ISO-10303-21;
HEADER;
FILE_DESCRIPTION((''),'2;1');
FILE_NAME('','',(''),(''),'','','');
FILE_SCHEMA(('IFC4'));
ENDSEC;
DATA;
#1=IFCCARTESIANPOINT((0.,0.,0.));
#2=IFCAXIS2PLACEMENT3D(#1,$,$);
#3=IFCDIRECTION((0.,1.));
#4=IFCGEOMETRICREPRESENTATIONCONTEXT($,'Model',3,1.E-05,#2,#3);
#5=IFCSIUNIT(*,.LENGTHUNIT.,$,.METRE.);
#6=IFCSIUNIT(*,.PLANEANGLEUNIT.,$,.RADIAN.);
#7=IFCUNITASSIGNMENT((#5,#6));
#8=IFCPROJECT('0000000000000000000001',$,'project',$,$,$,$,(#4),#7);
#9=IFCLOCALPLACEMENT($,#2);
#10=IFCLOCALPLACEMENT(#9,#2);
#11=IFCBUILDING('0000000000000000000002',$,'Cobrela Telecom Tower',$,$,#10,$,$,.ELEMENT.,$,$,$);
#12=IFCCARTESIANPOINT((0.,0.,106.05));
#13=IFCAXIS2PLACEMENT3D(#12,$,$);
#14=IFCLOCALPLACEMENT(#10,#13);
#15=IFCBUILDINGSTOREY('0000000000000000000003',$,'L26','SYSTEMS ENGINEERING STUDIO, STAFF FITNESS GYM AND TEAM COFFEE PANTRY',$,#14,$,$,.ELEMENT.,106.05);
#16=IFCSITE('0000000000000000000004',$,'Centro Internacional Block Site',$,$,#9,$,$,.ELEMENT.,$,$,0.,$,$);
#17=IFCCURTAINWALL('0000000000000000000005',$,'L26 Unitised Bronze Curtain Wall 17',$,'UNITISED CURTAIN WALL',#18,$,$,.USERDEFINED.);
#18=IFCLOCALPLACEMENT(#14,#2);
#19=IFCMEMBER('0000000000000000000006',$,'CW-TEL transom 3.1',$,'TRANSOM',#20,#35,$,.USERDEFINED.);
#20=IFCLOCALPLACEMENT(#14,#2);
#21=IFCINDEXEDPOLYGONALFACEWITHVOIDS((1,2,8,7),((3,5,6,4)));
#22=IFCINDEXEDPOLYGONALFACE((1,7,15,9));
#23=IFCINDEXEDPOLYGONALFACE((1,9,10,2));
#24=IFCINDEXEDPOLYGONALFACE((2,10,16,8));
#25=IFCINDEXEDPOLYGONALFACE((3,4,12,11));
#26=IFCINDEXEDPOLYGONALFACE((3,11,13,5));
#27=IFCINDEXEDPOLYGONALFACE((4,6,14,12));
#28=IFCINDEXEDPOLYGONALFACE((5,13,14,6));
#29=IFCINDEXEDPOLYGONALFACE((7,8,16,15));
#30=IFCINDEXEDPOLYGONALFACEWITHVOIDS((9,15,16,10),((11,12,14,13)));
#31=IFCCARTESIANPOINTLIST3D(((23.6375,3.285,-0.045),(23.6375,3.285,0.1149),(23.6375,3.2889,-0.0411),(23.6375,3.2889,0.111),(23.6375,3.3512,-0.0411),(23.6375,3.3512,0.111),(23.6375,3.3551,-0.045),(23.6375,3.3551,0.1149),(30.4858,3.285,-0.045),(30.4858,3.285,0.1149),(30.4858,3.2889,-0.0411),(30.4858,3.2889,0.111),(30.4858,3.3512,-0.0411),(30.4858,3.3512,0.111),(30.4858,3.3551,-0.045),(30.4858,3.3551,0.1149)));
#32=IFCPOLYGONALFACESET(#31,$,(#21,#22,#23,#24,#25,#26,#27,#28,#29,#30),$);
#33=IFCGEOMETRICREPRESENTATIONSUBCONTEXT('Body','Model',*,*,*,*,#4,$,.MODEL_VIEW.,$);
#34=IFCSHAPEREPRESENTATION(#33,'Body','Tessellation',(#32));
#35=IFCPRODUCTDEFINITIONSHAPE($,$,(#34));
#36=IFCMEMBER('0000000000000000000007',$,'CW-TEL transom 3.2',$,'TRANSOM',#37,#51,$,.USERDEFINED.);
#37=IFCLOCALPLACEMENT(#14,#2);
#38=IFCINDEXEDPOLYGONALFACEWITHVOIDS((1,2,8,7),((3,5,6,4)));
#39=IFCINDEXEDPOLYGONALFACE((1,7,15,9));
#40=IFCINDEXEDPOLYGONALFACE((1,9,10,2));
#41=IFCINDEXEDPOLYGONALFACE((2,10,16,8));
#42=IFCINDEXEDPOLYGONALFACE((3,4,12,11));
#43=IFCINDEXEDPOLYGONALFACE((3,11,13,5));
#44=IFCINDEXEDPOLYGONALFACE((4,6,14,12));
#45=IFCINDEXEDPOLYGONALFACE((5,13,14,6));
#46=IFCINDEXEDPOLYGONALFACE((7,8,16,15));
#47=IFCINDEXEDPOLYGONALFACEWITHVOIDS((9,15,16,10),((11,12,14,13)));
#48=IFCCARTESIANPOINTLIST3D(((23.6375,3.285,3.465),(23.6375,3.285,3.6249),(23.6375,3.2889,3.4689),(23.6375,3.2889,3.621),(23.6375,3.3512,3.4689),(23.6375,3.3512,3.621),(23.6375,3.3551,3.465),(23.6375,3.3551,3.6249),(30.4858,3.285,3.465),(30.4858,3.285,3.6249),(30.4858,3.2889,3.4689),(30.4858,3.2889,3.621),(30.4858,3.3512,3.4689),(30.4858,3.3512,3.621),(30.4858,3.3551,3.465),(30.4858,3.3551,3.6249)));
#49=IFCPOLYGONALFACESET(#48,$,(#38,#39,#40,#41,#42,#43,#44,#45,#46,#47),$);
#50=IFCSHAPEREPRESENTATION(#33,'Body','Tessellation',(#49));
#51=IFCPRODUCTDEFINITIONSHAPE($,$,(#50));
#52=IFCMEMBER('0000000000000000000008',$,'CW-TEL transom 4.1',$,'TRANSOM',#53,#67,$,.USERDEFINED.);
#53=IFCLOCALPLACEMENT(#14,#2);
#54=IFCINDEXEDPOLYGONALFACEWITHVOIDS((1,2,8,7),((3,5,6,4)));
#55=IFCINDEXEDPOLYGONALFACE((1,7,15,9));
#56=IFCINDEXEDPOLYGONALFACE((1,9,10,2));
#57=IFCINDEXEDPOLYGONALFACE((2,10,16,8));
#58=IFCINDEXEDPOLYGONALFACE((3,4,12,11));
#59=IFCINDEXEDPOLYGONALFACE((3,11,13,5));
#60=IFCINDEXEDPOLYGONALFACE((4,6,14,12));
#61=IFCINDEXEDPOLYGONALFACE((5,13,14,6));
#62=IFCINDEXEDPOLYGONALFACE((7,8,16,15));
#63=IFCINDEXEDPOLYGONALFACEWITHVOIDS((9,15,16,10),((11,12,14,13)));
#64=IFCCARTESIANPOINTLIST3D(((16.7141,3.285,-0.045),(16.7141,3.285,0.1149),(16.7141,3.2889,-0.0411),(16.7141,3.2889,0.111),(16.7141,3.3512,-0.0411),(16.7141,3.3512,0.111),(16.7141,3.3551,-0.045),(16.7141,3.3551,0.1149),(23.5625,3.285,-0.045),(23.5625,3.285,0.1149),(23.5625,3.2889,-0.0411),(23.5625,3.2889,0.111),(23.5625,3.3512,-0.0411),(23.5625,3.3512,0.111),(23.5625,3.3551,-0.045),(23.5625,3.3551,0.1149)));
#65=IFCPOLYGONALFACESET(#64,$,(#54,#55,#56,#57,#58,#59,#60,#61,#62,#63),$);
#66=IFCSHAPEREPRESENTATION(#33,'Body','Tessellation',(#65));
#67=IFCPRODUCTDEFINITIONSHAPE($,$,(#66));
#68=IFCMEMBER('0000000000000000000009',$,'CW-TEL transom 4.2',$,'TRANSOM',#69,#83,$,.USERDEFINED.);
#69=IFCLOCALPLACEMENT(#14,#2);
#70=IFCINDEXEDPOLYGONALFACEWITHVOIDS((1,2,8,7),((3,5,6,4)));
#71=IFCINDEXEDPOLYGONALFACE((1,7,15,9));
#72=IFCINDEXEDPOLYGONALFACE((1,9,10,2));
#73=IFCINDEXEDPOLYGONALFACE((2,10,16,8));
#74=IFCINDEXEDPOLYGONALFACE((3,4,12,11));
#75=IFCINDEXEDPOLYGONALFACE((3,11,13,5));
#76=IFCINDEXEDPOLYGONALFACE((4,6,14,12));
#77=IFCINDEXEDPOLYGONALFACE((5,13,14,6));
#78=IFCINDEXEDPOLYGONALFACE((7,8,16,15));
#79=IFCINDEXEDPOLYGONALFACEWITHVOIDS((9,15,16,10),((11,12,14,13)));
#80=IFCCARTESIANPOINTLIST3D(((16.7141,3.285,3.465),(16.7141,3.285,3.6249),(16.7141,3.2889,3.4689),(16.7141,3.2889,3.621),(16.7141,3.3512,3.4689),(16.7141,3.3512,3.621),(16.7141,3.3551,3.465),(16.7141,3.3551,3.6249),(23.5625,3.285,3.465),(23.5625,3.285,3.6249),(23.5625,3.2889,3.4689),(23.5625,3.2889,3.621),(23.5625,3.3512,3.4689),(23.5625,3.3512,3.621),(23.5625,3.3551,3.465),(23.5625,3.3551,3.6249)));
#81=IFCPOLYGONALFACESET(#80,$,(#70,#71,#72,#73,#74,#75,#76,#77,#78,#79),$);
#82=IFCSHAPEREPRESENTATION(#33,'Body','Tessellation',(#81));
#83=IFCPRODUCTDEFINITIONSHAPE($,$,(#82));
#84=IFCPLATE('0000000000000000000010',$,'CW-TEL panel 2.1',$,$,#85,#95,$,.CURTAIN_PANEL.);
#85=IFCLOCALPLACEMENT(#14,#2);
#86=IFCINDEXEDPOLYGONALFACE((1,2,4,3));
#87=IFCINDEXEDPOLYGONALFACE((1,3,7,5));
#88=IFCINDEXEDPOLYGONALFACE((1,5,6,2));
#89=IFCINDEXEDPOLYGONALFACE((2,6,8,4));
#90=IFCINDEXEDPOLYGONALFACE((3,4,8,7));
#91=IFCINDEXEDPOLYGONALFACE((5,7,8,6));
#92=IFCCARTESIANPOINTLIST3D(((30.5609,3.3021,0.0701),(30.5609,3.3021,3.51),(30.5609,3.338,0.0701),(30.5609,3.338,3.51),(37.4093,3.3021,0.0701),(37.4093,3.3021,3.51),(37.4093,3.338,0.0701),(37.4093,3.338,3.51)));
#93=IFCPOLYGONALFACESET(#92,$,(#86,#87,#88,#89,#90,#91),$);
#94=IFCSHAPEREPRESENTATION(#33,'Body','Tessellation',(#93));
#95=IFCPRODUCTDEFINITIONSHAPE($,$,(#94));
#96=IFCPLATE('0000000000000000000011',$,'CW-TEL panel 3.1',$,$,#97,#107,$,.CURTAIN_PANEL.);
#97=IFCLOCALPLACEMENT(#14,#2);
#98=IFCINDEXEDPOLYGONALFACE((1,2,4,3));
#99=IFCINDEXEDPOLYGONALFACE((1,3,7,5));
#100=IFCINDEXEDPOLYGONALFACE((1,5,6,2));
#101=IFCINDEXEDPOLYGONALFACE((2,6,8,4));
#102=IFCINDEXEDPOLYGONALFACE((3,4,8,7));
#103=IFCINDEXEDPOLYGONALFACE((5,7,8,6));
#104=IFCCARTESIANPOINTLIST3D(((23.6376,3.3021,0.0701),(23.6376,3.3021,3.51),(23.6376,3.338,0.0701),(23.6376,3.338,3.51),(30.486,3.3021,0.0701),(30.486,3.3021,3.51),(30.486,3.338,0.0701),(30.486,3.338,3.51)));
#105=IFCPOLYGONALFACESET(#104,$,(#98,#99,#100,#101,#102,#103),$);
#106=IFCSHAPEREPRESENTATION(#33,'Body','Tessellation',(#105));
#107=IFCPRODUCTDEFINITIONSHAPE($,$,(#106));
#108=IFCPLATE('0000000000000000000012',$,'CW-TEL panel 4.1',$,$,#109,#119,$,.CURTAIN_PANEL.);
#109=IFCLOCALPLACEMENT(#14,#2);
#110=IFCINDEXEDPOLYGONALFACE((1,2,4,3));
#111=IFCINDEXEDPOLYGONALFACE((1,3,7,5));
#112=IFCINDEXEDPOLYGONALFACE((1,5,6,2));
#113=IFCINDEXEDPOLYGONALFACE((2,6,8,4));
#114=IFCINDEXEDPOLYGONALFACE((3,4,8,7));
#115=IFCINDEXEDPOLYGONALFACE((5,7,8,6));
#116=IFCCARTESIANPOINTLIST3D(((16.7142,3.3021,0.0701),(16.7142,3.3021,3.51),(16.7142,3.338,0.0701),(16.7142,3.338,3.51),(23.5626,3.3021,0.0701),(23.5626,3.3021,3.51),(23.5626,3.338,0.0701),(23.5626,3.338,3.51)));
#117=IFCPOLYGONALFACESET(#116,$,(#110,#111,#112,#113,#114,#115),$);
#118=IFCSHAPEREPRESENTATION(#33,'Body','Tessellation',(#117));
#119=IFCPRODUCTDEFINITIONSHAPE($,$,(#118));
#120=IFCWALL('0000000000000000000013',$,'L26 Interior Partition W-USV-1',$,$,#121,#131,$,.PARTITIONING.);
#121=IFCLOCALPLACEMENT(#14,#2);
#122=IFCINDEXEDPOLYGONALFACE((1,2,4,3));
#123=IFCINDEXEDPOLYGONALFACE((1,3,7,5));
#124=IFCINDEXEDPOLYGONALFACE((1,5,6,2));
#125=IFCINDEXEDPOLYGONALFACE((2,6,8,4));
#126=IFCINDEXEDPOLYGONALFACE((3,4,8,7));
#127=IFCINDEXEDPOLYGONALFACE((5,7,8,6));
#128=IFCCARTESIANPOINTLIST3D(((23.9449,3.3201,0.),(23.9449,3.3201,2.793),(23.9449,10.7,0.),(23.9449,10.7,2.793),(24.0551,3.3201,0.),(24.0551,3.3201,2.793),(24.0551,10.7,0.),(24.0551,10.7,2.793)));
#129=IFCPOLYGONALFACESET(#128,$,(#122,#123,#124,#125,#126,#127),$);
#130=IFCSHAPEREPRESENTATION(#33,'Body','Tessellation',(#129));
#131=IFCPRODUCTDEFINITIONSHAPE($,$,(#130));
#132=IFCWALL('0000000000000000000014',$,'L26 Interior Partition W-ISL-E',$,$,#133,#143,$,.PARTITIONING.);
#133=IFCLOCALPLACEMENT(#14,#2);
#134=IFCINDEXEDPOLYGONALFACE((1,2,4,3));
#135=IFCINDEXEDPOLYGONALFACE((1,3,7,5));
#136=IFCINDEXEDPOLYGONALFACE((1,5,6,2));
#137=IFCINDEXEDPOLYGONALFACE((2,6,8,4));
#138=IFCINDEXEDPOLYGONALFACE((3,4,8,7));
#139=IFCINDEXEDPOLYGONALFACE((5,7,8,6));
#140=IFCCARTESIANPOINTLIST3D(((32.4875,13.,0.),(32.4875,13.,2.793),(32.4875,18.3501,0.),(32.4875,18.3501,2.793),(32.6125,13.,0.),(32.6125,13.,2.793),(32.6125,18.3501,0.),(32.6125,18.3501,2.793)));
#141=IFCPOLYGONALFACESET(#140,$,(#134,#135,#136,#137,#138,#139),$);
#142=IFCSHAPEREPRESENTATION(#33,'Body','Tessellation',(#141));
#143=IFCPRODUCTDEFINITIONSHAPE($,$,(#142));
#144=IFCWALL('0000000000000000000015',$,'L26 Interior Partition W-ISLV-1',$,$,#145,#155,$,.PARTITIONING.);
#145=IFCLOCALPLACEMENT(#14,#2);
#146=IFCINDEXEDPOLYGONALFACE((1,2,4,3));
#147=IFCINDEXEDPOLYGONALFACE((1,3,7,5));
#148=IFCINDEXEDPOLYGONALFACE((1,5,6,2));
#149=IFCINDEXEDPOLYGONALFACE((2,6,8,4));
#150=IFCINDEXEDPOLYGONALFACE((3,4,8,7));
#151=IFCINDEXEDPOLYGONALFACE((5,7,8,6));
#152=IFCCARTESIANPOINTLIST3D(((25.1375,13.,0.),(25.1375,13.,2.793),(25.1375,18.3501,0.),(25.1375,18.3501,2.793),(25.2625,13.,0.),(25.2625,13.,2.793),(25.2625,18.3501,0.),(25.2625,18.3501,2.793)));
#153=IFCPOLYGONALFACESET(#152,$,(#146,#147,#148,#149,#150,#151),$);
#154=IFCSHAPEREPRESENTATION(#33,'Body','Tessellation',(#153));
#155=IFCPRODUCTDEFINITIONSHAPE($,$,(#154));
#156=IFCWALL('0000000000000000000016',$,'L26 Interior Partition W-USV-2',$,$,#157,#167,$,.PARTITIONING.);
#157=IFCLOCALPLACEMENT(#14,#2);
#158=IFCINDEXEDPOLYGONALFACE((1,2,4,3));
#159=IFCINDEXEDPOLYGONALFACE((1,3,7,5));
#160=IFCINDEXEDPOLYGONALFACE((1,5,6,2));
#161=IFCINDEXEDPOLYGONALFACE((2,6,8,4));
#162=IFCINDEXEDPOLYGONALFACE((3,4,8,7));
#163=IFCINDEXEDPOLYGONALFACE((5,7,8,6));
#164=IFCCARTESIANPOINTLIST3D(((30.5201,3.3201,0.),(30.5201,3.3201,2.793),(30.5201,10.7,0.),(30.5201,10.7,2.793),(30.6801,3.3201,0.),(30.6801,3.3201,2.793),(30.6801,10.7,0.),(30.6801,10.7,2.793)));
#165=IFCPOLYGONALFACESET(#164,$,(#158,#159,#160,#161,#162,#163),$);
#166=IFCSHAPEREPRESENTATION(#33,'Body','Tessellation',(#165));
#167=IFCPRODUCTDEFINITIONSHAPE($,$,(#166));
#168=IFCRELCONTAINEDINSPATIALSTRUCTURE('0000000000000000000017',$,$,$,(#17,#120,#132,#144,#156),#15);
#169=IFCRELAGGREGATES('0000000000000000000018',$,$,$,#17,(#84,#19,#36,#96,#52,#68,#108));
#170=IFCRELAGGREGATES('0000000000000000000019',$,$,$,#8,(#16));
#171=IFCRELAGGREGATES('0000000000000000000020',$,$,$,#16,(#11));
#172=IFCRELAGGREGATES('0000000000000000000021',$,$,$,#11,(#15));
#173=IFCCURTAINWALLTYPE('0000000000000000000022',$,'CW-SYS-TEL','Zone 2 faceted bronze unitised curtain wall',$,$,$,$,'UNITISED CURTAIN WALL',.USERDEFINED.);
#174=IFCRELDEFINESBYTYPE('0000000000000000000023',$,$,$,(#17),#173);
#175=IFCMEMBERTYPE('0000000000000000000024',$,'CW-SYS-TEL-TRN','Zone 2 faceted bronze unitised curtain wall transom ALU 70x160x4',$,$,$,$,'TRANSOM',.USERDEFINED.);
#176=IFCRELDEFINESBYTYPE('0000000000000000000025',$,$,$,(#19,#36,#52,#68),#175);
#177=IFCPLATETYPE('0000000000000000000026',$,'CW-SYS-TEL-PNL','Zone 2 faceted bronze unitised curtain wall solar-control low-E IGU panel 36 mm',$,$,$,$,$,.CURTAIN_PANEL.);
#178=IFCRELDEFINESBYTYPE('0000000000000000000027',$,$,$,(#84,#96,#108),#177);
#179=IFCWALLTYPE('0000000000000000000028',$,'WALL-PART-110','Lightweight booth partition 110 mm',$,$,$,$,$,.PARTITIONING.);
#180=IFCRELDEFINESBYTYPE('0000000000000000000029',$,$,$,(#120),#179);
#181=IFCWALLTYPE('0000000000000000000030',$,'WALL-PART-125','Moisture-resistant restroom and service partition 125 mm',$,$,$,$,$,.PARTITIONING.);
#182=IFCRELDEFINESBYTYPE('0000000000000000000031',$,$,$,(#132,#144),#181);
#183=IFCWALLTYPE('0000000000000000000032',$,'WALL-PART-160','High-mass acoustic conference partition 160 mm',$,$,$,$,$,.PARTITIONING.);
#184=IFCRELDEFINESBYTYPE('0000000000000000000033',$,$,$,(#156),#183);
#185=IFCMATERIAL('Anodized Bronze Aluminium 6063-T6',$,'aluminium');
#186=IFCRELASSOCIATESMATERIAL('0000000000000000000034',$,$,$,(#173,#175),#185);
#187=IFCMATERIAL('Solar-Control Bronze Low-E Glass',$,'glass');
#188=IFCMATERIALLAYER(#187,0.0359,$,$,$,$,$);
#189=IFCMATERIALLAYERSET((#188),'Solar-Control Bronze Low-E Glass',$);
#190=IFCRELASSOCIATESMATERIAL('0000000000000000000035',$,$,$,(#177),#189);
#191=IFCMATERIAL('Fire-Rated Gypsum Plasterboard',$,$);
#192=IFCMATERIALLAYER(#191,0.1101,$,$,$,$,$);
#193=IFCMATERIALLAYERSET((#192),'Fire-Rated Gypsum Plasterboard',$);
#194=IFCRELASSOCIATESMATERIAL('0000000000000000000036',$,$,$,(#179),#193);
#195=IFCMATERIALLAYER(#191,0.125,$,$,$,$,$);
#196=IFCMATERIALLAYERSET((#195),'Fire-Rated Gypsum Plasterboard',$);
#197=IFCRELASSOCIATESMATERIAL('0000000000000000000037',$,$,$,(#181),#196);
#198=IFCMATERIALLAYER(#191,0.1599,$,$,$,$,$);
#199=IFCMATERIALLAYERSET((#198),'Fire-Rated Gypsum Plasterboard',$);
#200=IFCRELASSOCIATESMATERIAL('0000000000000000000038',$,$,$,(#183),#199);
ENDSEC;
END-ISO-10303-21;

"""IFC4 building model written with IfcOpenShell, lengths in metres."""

from ifc_helpers import new_model, si_unit, direction, frame, frame_2d, origin, origin_2d, place, context, subcontext, project, spatial, rectangle, hollow_rectangle, extrude, material, layer, layer_set, material_profile, profile_set, type_object, element, aggregate, save


model = new_model("IFC4")

# Units and contexts
model_context = context("Model", 3, precision=1e-05, world=origin(), true_north=direction((0.0, 1.0)))
body_context = subcontext(model_context, "Body", "Model", "MODEL_VIEW")
ifc_project = project(units=[si_unit("LENGTHUNIT", "METRE"), si_unit("PLANEANGLEUNIT", "RADIAN")], contexts=[model_context])

# Site, building, storey
site_placement = place(None, origin())
site = spatial("IfcSite", under=ifc_project, at=site_placement, Name="Centro Internacional Block Site", CompositionType="ELEMENT", RefElevation=0.0)
building_placement = place(site_placement, origin())
building = spatial("IfcBuilding", under=site, at=building_placement, Name="Cobrela Telecom Tower", CompositionType="ELEMENT")
storey_placement = place(building_placement, frame((0.0, 0.0, 106.05)))
storey = spatial("IfcBuildingStorey", under=building, at=storey_placement, Name="L26", Description="SYSTEMS ENGINEERING STUDIO, STAFF FITNESS GYM AND TEAM COFFEE PANTRY", CompositionType="ELEMENT", Elevation=106.05)

# Curtain wall, members, plates
ifc_material_1 = material(Name="Anodized Bronze Aluminium 6063-T6", Category="aluminium")
curtain_wall_type = type_object("IfcCurtainWallType", Name="CW-SYS-TEL", Description="Zone 2 faceted bronze unitised curtain wall", ElementType="UNITISED CURTAIN WALL", PredefinedType="USERDEFINED", material=ifc_material_1)
curtain_wall_placement = place(storey_placement, origin())
curtain_wall = element("IfcCurtainWall", 1, at=curtain_wall_placement, inside=storey, type_object=curtain_wall_type, Name="L26 Unitised Bronze Curtain Wall 17", ObjectType="UNITISED CURTAIN WALL", PredefinedType="USERDEFINED")
ifc_material_profile_1 = material_profile(ifc_material_1, hollow_rectangle(XDim=0.0701, YDim=0.1599, WallThickness=0.0039, at=origin_2d()), Name="ALU 70x160x4")
ifc_profile_set_1 = profile_set([ifc_material_profile_1], Name="Anodized Bronze Aluminium 6063-T6")
member_type_1 = type_object("IfcMemberType", Name="CW-SYS-TEL-TRN", Description="Zone 2 faceted bronze unitised curtain wall transom ALU 70x160x4", ElementType="TRANSOM", PredefinedType="USERDEFINED", material=ifc_profile_set_1)
member_1_placement = place(storey_placement, frame((30.4858, 3.3201, 0.0349), z_axis=(-1.0, 0.0, 0.0), x_axis=(0.0, -1.0, 0.0)))
member_1 = element("IfcMember", 2, at=member_1_placement, type_object=member_type_1, Name="CW-TEL transom 3.1", ObjectType="TRANSOM", PredefinedType="USERDEFINED", context=body_context, shape_type="SweptSolid", body=[
    extrude(hollow_rectangle(XDim=0.0701, YDim=0.1599, WallThickness=0.0039, at=origin_2d()), origin(), (0.0, 0.0, 1.0), 6.8484),
])
member_2_placement = place(storey_placement, frame((30.4858, 3.3201, 3.5449), z_axis=(-1.0, 0.0, 0.0), x_axis=(0.0, -1.0, 0.0)))
member_2 = element("IfcMember", 3, at=member_2_placement, type_object=member_type_1, Name="CW-TEL transom 3.2", ObjectType="TRANSOM", PredefinedType="USERDEFINED", context=body_context, shape_type="SweptSolid", body=[
    extrude(hollow_rectangle(XDim=0.0701, YDim=0.1599, WallThickness=0.0039, at=origin_2d()), origin(), (0.0, 0.0, 1.0), 6.8484),
])
member_3_placement = place(storey_placement, frame((23.5625, 3.3201, 0.0349), z_axis=(-1.0, 0.0, 0.0), x_axis=(0.0, -1.0, 0.0)))
member_3 = element("IfcMember", 4, at=member_3_placement, type_object=member_type_1, Name="CW-TEL transom 4.1", ObjectType="TRANSOM", PredefinedType="USERDEFINED", context=body_context, shape_type="SweptSolid", body=[
    extrude(hollow_rectangle(XDim=0.0701, YDim=0.1599, WallThickness=0.0039, at=origin_2d()), origin(), (0.0, 0.0, 1.0), 6.8484),
])
member_4_placement = place(storey_placement, frame((23.5625, 3.3201, 3.5449), z_axis=(-1.0, 0.0, 0.0), x_axis=(0.0, -1.0, 0.0)))
member_4 = element("IfcMember", 5, at=member_4_placement, type_object=member_type_1, Name="CW-TEL transom 4.2", ObjectType="TRANSOM", PredefinedType="USERDEFINED", context=body_context, shape_type="SweptSolid", body=[
    extrude(hollow_rectangle(XDim=0.0701, YDim=0.1599, WallThickness=0.0039, at=origin_2d()), origin(), (0.0, 0.0, 1.0), 6.8484),
])
ifc_material_2 = material(Name="Solar-Control Bronze Low-E Glass", Category="glass")
ifc_layer_1 = layer(ifc_material_2, 0.0359)
ifc_layer_set_1 = layer_set([ifc_layer_1], Name="Solar-Control Bronze Low-E Glass")
plate_type = type_object("IfcPlateType", Name="CW-SYS-TEL-PNL", Description="Zone 2 faceted bronze unitised curtain wall solar-control low-E IGU panel 36 mm", PredefinedType="CURTAIN_PANEL", material=ifc_layer_set_1)
plate_1_placement = place(storey_placement, frame((33.9851, 3.3201, 0.0701), z_axis=(0.0, 0.0, 1.0), x_axis=(-1.0, 0.0, 0.0)))
plate_1 = element("IfcPlate", 6, at=plate_1_placement, type_object=plate_type, Name="CW-TEL panel 2.1", PredefinedType="CURTAIN_PANEL", context=body_context, shape_type="SweptSolid", body=[
    extrude(rectangle(XDim=6.8484, YDim=0.0359, at=origin_2d()), origin(), (0.0, 0.0, 1.0), 3.4399),
])
plate_2_placement = place(storey_placement, frame((27.0618, 3.3201, 0.0701), z_axis=(0.0, 0.0, 1.0), x_axis=(-1.0, 0.0, 0.0)))
plate_2 = element("IfcPlate", 7, at=plate_2_placement, type_object=plate_type, Name="CW-TEL panel 3.1", PredefinedType="CURTAIN_PANEL", context=body_context, shape_type="SweptSolid", body=[
    extrude(rectangle(XDim=6.8484, YDim=0.0359, at=origin_2d()), origin(), (0.0, 0.0, 1.0), 3.4399),
])
plate_3_placement = place(storey_placement, frame((20.1384, 3.3201, 0.0701), z_axis=(0.0, 0.0, 1.0), x_axis=(-1.0, 0.0, 0.0)))
plate_3 = element("IfcPlate", 8, at=plate_3_placement, type_object=plate_type, Name="CW-TEL panel 4.1", PredefinedType="CURTAIN_PANEL", context=body_context, shape_type="SweptSolid", body=[
    extrude(rectangle(XDim=6.8484, YDim=0.0359, at=origin_2d()), origin(), (0.0, 0.0, 1.0), 3.4399),
])
aggregate(curtain_wall, [plate_1, member_1, member_2, plate_2, member_3, member_4, plate_3])

# Walls
ifc_material_3 = material(Name="Fire-Rated Gypsum Plasterboard")
ifc_layer_2 = layer(ifc_material_3, 0.1101)
ifc_layer_set_2 = layer_set([ifc_layer_2], Name="Fire-Rated Gypsum Plasterboard")
wall_type_1 = type_object("IfcWallType", Name="WALL-PART-110", Description="Lightweight booth partition 110 mm", PredefinedType="PARTITIONING", material=ifc_layer_set_2)
wall_1_placement = place(storey_placement, frame((24.0, 3.3201, 0.0), z_axis=(0.0, 0.0, 1.0), x_axis=(0.0, 1.0, 0.0)))
element("IfcWall", 9, at=wall_1_placement, inside=storey, type_object=wall_type_1, Name="L26 Interior Partition W-USV-1", PredefinedType="PARTITIONING", context=body_context, shape_type="SweptSolid", body=[
    extrude(rectangle(XDim=7.3799, YDim=0.1101, at=frame_2d((3.6899, 0.0))), origin(), (0.0, 0.0, 1.0), 2.793),
])
ifc_layer_3 = layer(ifc_material_3, 0.125)
ifc_layer_set_3 = layer_set([ifc_layer_3], Name="Fire-Rated Gypsum Plasterboard")
wall_type_2 = type_object("IfcWallType", Name="WALL-PART-125", Description="Moisture-resistant restroom and service partition 125 mm", PredefinedType="PARTITIONING", material=ifc_layer_set_3)
for number, where, z_axis, x_axis, name in (
    (10, (32.55, 13.0, 0.0), (0.0, 0.0, 1.0), (0.0, 1.0, 0.0), "L26 Interior Partition W-ISL-E"),
    (11, (25.2, 13.0, 0.0), (0.0, 0.0, 1.0), (0.0, 1.0, 0.0), "L26 Interior Partition W-ISLV-1"),
):
    element("IfcWall", number, at=place(storey_placement, frame(where, z_axis=z_axis, x_axis=x_axis)), inside=storey, type_object=wall_type_2, Name=name, PredefinedType="PARTITIONING", context=body_context, shape_type="SweptSolid", body=[
        extrude(rectangle(XDim=5.3501, YDim=0.125, at=frame_2d((2.675, 0.0))), origin(), (0.0, 0.0, 1.0), 2.793),
    ])
ifc_layer_4 = layer(ifc_material_3, 0.1599)
ifc_layer_set_4 = layer_set([ifc_layer_4], Name="Fire-Rated Gypsum Plasterboard")
wall_type_3 = type_object("IfcWallType", Name="WALL-PART-160", Description="High-mass acoustic conference partition 160 mm", PredefinedType="PARTITIONING", material=ifc_layer_set_4)
wall_2_placement = place(storey_placement, frame((30.6001, 3.3201, 0.0), z_axis=(0.0, 0.0, 1.0), x_axis=(0.0, 1.0, 0.0)))
element("IfcWall", 12, at=wall_2_placement, inside=storey, type_object=wall_type_3, Name="L26 Interior Partition W-USV-2", PredefinedType="PARTITIONING", context=body_context, shape_type="SweptSolid", body=[
    extrude(rectangle(XDim=7.3799, YDim=0.1599, at=frame_2d((3.6899, 0.0))), origin(), (0.0, 0.0, 1.0), 2.793),
])

save(model, "model.ifc")
